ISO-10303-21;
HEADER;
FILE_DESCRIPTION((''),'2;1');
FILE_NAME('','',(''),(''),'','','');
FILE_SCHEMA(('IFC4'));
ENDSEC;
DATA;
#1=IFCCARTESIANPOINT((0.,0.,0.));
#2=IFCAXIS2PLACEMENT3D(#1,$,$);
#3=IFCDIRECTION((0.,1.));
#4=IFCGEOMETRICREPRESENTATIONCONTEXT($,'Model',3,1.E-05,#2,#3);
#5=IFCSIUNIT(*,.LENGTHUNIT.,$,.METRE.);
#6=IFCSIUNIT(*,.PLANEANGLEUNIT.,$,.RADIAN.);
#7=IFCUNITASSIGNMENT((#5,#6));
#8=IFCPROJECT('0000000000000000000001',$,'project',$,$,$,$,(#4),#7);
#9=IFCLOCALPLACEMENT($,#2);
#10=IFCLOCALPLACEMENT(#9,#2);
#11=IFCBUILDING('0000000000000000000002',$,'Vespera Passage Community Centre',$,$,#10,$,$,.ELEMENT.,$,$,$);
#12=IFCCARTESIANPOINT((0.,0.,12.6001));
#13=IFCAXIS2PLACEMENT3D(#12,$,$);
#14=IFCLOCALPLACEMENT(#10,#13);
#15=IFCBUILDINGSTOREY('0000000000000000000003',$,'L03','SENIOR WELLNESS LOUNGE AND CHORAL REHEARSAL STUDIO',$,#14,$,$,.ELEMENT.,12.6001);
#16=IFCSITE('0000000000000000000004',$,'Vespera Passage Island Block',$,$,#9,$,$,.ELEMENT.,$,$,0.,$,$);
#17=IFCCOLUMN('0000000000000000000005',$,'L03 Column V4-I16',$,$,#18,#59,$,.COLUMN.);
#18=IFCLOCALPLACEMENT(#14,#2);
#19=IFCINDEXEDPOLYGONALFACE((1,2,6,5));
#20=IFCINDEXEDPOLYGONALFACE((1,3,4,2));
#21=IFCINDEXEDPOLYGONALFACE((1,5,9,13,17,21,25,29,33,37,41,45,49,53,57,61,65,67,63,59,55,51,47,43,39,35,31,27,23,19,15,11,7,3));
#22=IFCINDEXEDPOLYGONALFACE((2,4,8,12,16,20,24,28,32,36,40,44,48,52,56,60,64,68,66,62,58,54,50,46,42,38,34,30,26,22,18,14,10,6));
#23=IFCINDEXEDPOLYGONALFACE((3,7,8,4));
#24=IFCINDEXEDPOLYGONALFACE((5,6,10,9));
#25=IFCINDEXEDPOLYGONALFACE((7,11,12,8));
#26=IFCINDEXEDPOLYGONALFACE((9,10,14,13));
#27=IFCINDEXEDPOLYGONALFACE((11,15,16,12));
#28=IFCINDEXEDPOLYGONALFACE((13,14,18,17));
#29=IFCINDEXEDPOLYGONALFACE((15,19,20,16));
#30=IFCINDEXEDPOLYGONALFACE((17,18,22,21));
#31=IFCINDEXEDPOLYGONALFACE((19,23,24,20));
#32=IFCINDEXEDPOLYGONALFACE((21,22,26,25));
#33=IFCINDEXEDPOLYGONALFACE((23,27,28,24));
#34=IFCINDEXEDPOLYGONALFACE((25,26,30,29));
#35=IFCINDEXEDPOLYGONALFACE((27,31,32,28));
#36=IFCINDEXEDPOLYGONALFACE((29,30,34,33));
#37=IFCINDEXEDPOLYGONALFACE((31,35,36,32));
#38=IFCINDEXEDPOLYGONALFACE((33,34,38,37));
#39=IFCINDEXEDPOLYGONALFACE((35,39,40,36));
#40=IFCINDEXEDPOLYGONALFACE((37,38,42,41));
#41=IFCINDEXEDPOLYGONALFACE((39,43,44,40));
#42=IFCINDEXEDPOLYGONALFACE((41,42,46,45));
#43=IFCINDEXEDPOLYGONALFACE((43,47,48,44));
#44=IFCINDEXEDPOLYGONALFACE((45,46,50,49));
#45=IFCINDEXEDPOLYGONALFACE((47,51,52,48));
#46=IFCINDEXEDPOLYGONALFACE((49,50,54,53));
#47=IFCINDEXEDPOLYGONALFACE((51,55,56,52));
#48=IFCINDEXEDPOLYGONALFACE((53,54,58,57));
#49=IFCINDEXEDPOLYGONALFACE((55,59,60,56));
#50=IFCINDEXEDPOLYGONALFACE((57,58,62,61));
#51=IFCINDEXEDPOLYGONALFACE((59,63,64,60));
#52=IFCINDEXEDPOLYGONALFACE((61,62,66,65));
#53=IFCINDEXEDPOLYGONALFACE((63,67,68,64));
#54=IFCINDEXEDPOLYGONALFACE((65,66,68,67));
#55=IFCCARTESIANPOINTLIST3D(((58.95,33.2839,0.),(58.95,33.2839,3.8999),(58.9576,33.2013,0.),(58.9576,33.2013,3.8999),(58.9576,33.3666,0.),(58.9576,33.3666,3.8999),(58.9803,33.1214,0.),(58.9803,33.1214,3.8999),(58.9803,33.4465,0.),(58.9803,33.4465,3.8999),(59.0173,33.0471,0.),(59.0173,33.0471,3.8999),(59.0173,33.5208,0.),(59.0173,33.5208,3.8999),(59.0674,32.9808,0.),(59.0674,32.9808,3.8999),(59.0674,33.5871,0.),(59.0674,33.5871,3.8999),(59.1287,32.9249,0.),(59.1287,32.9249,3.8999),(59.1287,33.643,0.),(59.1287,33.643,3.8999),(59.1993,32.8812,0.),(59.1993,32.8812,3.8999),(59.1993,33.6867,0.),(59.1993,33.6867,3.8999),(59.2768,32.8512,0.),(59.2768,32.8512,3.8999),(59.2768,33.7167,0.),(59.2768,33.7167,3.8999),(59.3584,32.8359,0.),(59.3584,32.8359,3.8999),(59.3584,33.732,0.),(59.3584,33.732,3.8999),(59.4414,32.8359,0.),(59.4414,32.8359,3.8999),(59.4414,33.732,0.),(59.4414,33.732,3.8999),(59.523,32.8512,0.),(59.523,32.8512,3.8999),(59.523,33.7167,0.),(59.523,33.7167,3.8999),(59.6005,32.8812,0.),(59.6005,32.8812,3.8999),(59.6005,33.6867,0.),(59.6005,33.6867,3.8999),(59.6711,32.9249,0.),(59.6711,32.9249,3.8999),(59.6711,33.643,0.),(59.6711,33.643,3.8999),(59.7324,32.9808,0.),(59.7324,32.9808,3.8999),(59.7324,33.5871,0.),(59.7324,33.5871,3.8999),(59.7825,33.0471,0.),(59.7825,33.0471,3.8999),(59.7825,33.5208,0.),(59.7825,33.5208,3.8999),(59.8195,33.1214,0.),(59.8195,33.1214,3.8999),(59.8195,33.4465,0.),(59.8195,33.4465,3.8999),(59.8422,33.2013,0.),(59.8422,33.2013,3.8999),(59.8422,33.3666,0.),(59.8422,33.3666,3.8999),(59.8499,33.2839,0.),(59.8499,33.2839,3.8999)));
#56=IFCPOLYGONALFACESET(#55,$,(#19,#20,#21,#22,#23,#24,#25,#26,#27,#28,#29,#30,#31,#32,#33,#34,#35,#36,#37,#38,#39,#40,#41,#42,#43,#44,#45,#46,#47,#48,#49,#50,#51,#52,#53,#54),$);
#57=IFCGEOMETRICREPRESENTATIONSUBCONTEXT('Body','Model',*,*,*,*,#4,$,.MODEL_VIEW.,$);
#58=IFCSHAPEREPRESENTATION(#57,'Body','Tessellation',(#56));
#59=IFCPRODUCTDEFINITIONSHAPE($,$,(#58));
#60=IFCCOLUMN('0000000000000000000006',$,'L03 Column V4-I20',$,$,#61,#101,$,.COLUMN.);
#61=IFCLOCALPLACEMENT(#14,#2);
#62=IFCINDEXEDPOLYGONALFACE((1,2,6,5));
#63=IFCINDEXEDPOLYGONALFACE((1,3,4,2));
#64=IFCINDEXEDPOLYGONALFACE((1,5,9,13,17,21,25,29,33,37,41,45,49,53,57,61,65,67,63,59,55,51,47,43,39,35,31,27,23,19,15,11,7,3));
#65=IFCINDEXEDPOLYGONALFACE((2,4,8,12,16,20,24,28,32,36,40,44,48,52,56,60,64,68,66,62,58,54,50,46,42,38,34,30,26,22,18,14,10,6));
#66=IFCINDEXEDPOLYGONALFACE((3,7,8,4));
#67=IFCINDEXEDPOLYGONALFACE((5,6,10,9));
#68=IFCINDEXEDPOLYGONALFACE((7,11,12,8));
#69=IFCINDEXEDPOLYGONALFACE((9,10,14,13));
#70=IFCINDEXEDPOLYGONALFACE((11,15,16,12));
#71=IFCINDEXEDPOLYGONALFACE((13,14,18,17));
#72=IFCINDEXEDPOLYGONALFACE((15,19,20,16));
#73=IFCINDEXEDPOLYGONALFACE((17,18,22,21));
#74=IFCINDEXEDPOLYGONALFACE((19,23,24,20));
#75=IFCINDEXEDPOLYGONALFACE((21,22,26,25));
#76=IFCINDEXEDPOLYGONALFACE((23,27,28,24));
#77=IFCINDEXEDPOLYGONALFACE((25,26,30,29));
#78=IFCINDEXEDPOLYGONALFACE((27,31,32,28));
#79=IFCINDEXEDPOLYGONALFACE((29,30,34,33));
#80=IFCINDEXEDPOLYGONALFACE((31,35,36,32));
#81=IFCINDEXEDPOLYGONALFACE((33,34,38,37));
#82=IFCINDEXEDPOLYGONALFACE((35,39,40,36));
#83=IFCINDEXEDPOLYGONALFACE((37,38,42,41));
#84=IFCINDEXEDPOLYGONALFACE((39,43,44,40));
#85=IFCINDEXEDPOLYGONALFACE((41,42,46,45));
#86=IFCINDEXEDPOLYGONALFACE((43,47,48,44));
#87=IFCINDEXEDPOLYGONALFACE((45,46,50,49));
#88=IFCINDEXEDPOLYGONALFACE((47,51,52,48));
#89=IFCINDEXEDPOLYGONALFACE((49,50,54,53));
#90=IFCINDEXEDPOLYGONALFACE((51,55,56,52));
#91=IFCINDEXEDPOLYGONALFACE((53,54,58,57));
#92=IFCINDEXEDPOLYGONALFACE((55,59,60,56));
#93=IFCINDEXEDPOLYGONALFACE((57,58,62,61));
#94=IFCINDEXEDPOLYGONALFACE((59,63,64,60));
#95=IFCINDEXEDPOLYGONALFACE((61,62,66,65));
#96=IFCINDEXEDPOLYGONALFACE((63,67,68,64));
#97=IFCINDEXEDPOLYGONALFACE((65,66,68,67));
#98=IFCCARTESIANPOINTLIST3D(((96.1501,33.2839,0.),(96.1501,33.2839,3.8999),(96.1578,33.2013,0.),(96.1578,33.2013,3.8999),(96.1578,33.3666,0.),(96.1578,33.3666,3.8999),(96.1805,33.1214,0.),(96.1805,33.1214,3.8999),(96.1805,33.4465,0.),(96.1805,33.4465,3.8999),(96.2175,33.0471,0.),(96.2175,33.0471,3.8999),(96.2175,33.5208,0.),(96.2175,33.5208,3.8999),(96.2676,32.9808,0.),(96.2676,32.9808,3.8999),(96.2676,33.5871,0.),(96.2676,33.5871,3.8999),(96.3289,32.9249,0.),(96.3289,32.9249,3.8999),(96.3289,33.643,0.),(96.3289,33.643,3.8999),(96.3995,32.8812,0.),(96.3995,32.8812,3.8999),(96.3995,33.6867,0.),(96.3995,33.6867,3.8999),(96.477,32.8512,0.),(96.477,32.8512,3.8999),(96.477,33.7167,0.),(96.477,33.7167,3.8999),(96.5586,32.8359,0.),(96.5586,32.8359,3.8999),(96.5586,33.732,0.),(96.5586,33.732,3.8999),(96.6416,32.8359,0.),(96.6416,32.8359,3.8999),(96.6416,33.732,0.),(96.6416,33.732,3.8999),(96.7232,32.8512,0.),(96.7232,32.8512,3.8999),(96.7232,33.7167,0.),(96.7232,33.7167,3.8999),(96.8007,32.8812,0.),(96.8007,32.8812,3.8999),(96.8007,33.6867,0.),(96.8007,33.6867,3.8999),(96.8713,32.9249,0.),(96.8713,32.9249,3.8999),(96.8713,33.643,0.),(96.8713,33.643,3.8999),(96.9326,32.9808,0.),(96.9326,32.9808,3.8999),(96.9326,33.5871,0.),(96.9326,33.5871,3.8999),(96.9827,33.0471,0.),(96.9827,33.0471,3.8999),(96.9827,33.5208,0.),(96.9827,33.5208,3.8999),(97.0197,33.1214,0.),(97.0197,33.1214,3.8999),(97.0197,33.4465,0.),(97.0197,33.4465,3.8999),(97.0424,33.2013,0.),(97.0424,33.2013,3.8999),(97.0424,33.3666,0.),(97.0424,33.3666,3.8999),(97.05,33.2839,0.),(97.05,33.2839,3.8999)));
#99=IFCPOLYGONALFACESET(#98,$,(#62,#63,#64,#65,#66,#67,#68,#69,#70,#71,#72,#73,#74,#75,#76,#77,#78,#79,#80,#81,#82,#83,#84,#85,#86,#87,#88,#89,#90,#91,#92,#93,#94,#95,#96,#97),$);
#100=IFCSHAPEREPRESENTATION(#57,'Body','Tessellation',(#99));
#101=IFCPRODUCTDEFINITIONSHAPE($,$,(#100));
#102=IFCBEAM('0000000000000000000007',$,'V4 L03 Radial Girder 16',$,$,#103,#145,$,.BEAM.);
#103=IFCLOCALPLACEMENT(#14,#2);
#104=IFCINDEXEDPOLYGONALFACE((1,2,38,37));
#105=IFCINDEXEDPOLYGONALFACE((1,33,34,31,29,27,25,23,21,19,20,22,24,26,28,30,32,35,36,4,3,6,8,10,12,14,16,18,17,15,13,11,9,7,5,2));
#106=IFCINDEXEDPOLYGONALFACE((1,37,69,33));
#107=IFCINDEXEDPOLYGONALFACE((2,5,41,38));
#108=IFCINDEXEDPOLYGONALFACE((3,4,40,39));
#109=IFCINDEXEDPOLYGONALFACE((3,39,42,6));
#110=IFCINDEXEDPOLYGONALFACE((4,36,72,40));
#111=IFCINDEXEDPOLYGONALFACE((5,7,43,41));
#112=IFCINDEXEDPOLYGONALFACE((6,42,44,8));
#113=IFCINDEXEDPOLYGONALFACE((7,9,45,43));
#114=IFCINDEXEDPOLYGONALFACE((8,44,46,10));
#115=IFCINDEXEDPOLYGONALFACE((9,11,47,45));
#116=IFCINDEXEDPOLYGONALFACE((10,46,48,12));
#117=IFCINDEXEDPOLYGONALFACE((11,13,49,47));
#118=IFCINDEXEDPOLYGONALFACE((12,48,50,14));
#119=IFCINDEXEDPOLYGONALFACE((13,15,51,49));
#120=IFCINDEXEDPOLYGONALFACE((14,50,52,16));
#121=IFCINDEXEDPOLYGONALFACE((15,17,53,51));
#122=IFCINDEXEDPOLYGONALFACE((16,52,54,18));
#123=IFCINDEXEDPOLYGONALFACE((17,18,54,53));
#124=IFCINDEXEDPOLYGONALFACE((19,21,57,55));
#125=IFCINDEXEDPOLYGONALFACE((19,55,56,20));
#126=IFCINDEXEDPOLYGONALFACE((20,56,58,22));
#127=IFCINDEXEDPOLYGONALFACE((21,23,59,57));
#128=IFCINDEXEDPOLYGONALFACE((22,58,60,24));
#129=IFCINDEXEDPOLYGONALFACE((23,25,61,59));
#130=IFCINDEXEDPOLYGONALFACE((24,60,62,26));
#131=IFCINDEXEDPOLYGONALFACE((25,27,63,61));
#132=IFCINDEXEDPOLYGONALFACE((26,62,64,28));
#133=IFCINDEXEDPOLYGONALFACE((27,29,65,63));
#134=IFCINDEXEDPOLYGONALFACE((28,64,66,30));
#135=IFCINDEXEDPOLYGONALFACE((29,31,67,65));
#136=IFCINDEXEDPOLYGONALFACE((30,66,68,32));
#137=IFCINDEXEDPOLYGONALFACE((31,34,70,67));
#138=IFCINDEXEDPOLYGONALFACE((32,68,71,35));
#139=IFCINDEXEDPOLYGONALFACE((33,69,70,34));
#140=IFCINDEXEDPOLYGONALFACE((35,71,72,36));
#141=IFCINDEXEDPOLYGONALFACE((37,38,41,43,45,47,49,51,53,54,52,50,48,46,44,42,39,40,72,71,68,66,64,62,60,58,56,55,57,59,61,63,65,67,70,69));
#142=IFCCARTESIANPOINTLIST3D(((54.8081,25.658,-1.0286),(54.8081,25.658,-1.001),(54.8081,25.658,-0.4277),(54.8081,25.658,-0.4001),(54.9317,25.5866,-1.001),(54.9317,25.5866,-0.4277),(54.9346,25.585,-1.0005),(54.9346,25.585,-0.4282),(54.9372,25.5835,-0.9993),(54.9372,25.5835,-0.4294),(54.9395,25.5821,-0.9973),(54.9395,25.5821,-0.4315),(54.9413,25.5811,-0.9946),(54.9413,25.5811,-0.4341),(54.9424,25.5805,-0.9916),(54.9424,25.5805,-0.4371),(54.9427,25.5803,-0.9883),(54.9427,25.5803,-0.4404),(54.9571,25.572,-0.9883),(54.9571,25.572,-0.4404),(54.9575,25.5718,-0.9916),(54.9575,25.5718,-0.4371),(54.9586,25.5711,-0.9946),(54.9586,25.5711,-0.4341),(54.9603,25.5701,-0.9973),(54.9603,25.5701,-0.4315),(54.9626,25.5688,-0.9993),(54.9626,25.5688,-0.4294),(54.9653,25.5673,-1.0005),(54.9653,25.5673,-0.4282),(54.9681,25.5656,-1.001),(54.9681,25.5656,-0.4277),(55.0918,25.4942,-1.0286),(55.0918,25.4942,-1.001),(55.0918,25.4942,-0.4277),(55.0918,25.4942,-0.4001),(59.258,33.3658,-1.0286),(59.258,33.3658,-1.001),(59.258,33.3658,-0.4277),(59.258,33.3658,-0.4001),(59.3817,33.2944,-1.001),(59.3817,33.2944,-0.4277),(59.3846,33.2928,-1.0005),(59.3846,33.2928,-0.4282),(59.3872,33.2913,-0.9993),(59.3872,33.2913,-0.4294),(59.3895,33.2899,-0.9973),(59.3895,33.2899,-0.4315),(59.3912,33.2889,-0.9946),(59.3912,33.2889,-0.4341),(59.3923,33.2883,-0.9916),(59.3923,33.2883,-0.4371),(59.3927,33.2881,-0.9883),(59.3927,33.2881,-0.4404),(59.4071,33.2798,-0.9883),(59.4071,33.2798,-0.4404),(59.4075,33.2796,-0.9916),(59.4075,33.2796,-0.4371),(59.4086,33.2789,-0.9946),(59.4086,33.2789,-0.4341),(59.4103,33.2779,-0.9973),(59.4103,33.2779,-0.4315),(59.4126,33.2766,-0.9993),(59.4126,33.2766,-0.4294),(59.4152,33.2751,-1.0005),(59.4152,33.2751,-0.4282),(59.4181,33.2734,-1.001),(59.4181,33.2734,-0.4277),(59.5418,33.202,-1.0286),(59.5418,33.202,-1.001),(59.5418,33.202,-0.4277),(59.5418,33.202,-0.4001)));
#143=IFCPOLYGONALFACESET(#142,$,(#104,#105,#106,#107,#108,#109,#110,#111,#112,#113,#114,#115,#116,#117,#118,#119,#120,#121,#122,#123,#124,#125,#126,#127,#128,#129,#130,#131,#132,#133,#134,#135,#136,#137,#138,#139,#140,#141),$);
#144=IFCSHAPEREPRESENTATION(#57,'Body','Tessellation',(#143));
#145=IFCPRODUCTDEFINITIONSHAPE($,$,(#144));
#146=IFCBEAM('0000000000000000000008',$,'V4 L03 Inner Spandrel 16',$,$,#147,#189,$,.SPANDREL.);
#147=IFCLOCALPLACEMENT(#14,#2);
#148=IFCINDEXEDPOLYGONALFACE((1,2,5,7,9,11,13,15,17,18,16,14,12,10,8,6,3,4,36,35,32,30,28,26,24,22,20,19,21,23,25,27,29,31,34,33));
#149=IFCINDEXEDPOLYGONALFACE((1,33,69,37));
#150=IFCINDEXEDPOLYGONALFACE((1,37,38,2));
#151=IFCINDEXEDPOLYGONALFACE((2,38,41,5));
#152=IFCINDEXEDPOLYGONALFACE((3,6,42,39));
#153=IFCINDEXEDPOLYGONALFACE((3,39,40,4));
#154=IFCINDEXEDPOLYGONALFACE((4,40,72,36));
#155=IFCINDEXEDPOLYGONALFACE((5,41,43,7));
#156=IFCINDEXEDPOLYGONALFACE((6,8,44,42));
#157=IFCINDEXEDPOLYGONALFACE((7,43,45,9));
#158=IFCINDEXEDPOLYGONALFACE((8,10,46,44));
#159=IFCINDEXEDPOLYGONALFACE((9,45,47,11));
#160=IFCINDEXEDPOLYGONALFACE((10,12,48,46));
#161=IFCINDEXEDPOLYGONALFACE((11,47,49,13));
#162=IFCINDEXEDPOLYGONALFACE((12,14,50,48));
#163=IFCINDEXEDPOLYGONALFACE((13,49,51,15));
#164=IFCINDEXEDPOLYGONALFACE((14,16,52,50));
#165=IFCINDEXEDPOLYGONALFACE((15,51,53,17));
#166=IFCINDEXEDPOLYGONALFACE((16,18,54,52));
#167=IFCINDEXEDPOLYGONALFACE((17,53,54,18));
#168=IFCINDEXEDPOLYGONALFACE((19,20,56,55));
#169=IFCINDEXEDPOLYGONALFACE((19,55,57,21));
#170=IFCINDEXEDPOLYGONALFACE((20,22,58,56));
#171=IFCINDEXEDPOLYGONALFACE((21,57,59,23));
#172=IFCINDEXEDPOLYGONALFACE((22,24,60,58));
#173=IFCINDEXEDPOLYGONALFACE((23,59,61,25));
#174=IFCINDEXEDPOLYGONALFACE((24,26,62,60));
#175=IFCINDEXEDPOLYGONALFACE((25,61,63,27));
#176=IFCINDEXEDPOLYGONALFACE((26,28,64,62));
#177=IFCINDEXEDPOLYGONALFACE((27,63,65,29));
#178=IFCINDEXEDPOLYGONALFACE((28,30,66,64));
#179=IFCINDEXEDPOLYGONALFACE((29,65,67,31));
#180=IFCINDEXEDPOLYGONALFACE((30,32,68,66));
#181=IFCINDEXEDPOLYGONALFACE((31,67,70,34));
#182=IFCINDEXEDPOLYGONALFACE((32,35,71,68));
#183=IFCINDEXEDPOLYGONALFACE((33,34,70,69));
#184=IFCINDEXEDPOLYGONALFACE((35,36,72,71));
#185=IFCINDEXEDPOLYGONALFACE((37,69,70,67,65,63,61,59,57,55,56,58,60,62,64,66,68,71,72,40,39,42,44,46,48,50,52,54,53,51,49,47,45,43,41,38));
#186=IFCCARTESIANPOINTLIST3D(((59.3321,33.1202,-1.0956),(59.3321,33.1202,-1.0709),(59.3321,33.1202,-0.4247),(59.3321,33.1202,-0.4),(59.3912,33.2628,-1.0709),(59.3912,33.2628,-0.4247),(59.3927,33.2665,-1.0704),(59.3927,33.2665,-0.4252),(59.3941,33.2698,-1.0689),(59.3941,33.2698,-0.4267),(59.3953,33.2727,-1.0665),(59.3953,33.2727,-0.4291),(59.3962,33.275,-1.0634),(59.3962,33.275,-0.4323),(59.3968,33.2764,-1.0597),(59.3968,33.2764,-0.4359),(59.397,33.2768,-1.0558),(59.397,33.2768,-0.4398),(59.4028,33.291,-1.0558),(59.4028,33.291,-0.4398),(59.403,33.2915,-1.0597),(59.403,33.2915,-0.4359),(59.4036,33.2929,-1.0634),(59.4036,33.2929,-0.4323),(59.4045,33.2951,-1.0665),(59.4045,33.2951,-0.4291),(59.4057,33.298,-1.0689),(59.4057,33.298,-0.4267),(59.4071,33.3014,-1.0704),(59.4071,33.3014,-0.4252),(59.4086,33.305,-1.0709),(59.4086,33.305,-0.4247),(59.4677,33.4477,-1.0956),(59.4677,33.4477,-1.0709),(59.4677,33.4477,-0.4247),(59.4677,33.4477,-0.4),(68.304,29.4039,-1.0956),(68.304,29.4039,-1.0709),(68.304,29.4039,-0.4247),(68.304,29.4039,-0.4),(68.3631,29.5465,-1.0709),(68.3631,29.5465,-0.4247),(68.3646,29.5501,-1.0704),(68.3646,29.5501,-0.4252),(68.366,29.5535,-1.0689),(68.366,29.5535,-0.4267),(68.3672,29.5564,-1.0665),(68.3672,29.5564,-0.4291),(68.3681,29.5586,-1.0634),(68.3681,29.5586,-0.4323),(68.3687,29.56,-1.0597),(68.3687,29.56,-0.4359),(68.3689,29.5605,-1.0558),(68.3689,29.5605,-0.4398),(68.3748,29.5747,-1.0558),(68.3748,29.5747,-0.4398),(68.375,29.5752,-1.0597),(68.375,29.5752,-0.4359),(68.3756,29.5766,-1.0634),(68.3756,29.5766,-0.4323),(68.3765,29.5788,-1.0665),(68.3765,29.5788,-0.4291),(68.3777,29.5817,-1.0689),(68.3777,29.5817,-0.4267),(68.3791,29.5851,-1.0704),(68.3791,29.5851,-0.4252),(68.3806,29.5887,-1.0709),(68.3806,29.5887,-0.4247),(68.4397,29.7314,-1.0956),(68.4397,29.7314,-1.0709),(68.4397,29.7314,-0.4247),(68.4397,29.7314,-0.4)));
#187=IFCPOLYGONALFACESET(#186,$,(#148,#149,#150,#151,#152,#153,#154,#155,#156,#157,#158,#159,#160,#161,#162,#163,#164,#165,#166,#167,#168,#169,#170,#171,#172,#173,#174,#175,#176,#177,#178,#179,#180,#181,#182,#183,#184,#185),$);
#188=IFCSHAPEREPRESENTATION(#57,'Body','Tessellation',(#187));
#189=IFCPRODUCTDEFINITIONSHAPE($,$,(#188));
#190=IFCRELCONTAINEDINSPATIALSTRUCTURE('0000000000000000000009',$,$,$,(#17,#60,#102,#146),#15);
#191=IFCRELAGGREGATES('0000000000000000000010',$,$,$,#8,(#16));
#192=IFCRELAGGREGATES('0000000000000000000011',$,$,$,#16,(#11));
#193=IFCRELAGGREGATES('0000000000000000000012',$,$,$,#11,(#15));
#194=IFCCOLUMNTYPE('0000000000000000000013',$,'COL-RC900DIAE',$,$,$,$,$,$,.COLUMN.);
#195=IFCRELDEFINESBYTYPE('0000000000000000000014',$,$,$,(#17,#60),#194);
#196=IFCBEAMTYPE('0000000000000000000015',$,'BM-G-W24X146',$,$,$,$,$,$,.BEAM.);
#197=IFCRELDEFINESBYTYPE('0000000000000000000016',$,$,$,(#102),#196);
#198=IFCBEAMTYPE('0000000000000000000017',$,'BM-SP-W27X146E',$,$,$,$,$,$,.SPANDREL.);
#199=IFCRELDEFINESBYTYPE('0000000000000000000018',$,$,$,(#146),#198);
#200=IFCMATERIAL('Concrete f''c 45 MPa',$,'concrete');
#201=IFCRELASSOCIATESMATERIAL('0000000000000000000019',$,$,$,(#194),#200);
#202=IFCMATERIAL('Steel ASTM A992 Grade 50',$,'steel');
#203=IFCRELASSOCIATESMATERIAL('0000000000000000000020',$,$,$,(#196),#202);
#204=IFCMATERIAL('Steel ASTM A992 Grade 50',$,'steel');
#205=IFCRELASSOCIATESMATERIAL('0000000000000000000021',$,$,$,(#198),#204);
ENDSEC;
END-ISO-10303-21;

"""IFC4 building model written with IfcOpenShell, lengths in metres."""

from ifc_helpers import new_model, si_unit, direction, frame, origin, origin_2d, place, context, subcontext, project, spatial, circle, i_section, extrude, material, material_profile, profile_set, type_object, element, save


model = new_model("IFC4")

# Units and contexts
model_context = context("Model", 3, precision=1e-05, world=origin(), true_north=direction((0.0, 1.0)))
body_context = subcontext(model_context, "Body", "Model", "MODEL_VIEW")
ifc_project = project(units=[si_unit("LENGTHUNIT", "METRE"), si_unit("PLANEANGLEUNIT", "RADIAN")], contexts=[model_context])

# Site, building, storey
site_placement = place(None, origin())
site = spatial("IfcSite", under=ifc_project, at=site_placement, Name="Vespera Passage Island Block", CompositionType="ELEMENT", RefElevation=0.0)
building_placement = place(site_placement, origin())
building = spatial("IfcBuilding", under=site, at=building_placement, Name="Vespera Passage Community Centre", CompositionType="ELEMENT")
storey_placement = place(building_placement, frame((0.0, 0.0, 12.6001)))
storey = spatial("IfcBuildingStorey", under=building, at=storey_placement, Name="L03", Description="SENIOR WELLNESS LOUNGE AND CHORAL REHEARSAL STUDIO", CompositionType="ELEMENT", Elevation=12.6001)

# Columns
ifc_material_1 = material(Name="Concrete f'c 45 MPa", Category="concrete")
ifc_material_profile_1 = material_profile(ifc_material_1, circle(Radius=0.45, at=origin_2d()), Name="RC900DIA")
ifc_profile_set_1 = profile_set([ifc_material_profile_1], Name="Concrete f'c 45 MPa")
column_type = type_object("IfcColumnType", Name="COL-RC900DIAE", PredefinedType="COLUMN", material=ifc_profile_set_1)
for number, where, z_axis, x_axis, name in (
    (1, (59.3999, 33.2839, 0.0), (0.0, 0.0, 1.0), (1.0, 0.0, 0.0), "L03 Column V4-I16"),
    (2, (96.6001, 33.2839, 0.0), (0.0, 0.0, 1.0), (1.0, 0.0, 0.0), "L03 Column V4-I20"),
):
    element("IfcColumn", number, at=place(storey_placement, frame(where, z_axis=z_axis, x_axis=x_axis)), inside=storey, type_object=column_type, Name=name, PredefinedType="COLUMN", context=body_context, shape_type="SweptSolid", body=[
        extrude(circle(Radius=0.45, at=origin_2d()), origin(), (0.0, 0.0, 1.0), 3.8999),
    ])

# Beams
ifc_material_2 = material(Name="Steel ASTM A992 Grade 50", Category="steel")
ifc_material_profile_2 = material_profile(ifc_material_2, i_section(OverallWidth=0.3276, OverallDepth=0.6284, WebThickness=0.0166, FlangeThickness=0.0276, FilletRadius=0.0127, at=origin_2d()), Name="W24X146")
ifc_profile_set_2 = profile_set([ifc_material_profile_2], Name="Steel ASTM A992 Grade 50")
beam_type_1 = type_object("IfcBeamType", Name="BM-G-W24X146", PredefinedType="BEAM", material=ifc_profile_set_2)
beam_1_placement = place(storey_placement, frame((59.3999, 33.2839, -0.7144), z_axis=(-0.499989, -0.866032, 0.0), x_axis=(0.866032, -0.499989, 0.0)))
element("IfcBeam", 3, at=beam_1_placement, inside=storey, type_object=beam_type_1, Name="V4 L03 Radial Girder 16", PredefinedType="BEAM", context=body_context, shape_type="SweptSolid", body=[
    extrude(i_section(OverallWidth=0.3276, OverallDepth=0.6284, WebThickness=0.0166, FlangeThickness=0.0276, FilletRadius=0.0127, at=origin_2d()), origin(), (0.0, 0.0, 1.0), 8.9001),
])
ifc_material_3 = material(Name="Steel ASTM A992 Grade 50", Category="steel")
ifc_material_profile_3 = material_profile(ifc_material_3, i_section(OverallWidth=0.3545, OverallDepth=0.6956, WebThickness=0.0154, FlangeThickness=0.0247, FilletRadius=0.0151, at=origin_2d()), Name="W27X146")
ifc_profile_set_3 = profile_set([ifc_material_profile_3], Name="Steel ASTM A992 Grade 50")
beam_type_2 = type_object("IfcBeamType", Name="BM-SP-W27X146E", PredefinedType="SPANDREL", material=ifc_profile_set_3)
beam_2_placement = place(storey_placement, frame((59.3999, 33.2839, -0.7478), z_axis=(0.923879, -0.382685, 0.0), x_axis=(0.382685, 0.923879, 0.0)))
element("IfcBeam", 4, at=beam_2_placement, inside=storey, type_object=beam_type_2, Name="V4 L03 Inner Spandrel 16", PredefinedType="SPANDREL", context=body_context, shape_type="SweptSolid", body=[
    extrude(i_section(OverallWidth=0.3545, OverallDepth=0.6956, WebThickness=0.0154, FlangeThickness=0.0247, FilletRadius=0.0151, at=origin_2d()), origin(), (0.0, 0.0, 1.0), 9.7112),
])

save(model, "model.ifc")
